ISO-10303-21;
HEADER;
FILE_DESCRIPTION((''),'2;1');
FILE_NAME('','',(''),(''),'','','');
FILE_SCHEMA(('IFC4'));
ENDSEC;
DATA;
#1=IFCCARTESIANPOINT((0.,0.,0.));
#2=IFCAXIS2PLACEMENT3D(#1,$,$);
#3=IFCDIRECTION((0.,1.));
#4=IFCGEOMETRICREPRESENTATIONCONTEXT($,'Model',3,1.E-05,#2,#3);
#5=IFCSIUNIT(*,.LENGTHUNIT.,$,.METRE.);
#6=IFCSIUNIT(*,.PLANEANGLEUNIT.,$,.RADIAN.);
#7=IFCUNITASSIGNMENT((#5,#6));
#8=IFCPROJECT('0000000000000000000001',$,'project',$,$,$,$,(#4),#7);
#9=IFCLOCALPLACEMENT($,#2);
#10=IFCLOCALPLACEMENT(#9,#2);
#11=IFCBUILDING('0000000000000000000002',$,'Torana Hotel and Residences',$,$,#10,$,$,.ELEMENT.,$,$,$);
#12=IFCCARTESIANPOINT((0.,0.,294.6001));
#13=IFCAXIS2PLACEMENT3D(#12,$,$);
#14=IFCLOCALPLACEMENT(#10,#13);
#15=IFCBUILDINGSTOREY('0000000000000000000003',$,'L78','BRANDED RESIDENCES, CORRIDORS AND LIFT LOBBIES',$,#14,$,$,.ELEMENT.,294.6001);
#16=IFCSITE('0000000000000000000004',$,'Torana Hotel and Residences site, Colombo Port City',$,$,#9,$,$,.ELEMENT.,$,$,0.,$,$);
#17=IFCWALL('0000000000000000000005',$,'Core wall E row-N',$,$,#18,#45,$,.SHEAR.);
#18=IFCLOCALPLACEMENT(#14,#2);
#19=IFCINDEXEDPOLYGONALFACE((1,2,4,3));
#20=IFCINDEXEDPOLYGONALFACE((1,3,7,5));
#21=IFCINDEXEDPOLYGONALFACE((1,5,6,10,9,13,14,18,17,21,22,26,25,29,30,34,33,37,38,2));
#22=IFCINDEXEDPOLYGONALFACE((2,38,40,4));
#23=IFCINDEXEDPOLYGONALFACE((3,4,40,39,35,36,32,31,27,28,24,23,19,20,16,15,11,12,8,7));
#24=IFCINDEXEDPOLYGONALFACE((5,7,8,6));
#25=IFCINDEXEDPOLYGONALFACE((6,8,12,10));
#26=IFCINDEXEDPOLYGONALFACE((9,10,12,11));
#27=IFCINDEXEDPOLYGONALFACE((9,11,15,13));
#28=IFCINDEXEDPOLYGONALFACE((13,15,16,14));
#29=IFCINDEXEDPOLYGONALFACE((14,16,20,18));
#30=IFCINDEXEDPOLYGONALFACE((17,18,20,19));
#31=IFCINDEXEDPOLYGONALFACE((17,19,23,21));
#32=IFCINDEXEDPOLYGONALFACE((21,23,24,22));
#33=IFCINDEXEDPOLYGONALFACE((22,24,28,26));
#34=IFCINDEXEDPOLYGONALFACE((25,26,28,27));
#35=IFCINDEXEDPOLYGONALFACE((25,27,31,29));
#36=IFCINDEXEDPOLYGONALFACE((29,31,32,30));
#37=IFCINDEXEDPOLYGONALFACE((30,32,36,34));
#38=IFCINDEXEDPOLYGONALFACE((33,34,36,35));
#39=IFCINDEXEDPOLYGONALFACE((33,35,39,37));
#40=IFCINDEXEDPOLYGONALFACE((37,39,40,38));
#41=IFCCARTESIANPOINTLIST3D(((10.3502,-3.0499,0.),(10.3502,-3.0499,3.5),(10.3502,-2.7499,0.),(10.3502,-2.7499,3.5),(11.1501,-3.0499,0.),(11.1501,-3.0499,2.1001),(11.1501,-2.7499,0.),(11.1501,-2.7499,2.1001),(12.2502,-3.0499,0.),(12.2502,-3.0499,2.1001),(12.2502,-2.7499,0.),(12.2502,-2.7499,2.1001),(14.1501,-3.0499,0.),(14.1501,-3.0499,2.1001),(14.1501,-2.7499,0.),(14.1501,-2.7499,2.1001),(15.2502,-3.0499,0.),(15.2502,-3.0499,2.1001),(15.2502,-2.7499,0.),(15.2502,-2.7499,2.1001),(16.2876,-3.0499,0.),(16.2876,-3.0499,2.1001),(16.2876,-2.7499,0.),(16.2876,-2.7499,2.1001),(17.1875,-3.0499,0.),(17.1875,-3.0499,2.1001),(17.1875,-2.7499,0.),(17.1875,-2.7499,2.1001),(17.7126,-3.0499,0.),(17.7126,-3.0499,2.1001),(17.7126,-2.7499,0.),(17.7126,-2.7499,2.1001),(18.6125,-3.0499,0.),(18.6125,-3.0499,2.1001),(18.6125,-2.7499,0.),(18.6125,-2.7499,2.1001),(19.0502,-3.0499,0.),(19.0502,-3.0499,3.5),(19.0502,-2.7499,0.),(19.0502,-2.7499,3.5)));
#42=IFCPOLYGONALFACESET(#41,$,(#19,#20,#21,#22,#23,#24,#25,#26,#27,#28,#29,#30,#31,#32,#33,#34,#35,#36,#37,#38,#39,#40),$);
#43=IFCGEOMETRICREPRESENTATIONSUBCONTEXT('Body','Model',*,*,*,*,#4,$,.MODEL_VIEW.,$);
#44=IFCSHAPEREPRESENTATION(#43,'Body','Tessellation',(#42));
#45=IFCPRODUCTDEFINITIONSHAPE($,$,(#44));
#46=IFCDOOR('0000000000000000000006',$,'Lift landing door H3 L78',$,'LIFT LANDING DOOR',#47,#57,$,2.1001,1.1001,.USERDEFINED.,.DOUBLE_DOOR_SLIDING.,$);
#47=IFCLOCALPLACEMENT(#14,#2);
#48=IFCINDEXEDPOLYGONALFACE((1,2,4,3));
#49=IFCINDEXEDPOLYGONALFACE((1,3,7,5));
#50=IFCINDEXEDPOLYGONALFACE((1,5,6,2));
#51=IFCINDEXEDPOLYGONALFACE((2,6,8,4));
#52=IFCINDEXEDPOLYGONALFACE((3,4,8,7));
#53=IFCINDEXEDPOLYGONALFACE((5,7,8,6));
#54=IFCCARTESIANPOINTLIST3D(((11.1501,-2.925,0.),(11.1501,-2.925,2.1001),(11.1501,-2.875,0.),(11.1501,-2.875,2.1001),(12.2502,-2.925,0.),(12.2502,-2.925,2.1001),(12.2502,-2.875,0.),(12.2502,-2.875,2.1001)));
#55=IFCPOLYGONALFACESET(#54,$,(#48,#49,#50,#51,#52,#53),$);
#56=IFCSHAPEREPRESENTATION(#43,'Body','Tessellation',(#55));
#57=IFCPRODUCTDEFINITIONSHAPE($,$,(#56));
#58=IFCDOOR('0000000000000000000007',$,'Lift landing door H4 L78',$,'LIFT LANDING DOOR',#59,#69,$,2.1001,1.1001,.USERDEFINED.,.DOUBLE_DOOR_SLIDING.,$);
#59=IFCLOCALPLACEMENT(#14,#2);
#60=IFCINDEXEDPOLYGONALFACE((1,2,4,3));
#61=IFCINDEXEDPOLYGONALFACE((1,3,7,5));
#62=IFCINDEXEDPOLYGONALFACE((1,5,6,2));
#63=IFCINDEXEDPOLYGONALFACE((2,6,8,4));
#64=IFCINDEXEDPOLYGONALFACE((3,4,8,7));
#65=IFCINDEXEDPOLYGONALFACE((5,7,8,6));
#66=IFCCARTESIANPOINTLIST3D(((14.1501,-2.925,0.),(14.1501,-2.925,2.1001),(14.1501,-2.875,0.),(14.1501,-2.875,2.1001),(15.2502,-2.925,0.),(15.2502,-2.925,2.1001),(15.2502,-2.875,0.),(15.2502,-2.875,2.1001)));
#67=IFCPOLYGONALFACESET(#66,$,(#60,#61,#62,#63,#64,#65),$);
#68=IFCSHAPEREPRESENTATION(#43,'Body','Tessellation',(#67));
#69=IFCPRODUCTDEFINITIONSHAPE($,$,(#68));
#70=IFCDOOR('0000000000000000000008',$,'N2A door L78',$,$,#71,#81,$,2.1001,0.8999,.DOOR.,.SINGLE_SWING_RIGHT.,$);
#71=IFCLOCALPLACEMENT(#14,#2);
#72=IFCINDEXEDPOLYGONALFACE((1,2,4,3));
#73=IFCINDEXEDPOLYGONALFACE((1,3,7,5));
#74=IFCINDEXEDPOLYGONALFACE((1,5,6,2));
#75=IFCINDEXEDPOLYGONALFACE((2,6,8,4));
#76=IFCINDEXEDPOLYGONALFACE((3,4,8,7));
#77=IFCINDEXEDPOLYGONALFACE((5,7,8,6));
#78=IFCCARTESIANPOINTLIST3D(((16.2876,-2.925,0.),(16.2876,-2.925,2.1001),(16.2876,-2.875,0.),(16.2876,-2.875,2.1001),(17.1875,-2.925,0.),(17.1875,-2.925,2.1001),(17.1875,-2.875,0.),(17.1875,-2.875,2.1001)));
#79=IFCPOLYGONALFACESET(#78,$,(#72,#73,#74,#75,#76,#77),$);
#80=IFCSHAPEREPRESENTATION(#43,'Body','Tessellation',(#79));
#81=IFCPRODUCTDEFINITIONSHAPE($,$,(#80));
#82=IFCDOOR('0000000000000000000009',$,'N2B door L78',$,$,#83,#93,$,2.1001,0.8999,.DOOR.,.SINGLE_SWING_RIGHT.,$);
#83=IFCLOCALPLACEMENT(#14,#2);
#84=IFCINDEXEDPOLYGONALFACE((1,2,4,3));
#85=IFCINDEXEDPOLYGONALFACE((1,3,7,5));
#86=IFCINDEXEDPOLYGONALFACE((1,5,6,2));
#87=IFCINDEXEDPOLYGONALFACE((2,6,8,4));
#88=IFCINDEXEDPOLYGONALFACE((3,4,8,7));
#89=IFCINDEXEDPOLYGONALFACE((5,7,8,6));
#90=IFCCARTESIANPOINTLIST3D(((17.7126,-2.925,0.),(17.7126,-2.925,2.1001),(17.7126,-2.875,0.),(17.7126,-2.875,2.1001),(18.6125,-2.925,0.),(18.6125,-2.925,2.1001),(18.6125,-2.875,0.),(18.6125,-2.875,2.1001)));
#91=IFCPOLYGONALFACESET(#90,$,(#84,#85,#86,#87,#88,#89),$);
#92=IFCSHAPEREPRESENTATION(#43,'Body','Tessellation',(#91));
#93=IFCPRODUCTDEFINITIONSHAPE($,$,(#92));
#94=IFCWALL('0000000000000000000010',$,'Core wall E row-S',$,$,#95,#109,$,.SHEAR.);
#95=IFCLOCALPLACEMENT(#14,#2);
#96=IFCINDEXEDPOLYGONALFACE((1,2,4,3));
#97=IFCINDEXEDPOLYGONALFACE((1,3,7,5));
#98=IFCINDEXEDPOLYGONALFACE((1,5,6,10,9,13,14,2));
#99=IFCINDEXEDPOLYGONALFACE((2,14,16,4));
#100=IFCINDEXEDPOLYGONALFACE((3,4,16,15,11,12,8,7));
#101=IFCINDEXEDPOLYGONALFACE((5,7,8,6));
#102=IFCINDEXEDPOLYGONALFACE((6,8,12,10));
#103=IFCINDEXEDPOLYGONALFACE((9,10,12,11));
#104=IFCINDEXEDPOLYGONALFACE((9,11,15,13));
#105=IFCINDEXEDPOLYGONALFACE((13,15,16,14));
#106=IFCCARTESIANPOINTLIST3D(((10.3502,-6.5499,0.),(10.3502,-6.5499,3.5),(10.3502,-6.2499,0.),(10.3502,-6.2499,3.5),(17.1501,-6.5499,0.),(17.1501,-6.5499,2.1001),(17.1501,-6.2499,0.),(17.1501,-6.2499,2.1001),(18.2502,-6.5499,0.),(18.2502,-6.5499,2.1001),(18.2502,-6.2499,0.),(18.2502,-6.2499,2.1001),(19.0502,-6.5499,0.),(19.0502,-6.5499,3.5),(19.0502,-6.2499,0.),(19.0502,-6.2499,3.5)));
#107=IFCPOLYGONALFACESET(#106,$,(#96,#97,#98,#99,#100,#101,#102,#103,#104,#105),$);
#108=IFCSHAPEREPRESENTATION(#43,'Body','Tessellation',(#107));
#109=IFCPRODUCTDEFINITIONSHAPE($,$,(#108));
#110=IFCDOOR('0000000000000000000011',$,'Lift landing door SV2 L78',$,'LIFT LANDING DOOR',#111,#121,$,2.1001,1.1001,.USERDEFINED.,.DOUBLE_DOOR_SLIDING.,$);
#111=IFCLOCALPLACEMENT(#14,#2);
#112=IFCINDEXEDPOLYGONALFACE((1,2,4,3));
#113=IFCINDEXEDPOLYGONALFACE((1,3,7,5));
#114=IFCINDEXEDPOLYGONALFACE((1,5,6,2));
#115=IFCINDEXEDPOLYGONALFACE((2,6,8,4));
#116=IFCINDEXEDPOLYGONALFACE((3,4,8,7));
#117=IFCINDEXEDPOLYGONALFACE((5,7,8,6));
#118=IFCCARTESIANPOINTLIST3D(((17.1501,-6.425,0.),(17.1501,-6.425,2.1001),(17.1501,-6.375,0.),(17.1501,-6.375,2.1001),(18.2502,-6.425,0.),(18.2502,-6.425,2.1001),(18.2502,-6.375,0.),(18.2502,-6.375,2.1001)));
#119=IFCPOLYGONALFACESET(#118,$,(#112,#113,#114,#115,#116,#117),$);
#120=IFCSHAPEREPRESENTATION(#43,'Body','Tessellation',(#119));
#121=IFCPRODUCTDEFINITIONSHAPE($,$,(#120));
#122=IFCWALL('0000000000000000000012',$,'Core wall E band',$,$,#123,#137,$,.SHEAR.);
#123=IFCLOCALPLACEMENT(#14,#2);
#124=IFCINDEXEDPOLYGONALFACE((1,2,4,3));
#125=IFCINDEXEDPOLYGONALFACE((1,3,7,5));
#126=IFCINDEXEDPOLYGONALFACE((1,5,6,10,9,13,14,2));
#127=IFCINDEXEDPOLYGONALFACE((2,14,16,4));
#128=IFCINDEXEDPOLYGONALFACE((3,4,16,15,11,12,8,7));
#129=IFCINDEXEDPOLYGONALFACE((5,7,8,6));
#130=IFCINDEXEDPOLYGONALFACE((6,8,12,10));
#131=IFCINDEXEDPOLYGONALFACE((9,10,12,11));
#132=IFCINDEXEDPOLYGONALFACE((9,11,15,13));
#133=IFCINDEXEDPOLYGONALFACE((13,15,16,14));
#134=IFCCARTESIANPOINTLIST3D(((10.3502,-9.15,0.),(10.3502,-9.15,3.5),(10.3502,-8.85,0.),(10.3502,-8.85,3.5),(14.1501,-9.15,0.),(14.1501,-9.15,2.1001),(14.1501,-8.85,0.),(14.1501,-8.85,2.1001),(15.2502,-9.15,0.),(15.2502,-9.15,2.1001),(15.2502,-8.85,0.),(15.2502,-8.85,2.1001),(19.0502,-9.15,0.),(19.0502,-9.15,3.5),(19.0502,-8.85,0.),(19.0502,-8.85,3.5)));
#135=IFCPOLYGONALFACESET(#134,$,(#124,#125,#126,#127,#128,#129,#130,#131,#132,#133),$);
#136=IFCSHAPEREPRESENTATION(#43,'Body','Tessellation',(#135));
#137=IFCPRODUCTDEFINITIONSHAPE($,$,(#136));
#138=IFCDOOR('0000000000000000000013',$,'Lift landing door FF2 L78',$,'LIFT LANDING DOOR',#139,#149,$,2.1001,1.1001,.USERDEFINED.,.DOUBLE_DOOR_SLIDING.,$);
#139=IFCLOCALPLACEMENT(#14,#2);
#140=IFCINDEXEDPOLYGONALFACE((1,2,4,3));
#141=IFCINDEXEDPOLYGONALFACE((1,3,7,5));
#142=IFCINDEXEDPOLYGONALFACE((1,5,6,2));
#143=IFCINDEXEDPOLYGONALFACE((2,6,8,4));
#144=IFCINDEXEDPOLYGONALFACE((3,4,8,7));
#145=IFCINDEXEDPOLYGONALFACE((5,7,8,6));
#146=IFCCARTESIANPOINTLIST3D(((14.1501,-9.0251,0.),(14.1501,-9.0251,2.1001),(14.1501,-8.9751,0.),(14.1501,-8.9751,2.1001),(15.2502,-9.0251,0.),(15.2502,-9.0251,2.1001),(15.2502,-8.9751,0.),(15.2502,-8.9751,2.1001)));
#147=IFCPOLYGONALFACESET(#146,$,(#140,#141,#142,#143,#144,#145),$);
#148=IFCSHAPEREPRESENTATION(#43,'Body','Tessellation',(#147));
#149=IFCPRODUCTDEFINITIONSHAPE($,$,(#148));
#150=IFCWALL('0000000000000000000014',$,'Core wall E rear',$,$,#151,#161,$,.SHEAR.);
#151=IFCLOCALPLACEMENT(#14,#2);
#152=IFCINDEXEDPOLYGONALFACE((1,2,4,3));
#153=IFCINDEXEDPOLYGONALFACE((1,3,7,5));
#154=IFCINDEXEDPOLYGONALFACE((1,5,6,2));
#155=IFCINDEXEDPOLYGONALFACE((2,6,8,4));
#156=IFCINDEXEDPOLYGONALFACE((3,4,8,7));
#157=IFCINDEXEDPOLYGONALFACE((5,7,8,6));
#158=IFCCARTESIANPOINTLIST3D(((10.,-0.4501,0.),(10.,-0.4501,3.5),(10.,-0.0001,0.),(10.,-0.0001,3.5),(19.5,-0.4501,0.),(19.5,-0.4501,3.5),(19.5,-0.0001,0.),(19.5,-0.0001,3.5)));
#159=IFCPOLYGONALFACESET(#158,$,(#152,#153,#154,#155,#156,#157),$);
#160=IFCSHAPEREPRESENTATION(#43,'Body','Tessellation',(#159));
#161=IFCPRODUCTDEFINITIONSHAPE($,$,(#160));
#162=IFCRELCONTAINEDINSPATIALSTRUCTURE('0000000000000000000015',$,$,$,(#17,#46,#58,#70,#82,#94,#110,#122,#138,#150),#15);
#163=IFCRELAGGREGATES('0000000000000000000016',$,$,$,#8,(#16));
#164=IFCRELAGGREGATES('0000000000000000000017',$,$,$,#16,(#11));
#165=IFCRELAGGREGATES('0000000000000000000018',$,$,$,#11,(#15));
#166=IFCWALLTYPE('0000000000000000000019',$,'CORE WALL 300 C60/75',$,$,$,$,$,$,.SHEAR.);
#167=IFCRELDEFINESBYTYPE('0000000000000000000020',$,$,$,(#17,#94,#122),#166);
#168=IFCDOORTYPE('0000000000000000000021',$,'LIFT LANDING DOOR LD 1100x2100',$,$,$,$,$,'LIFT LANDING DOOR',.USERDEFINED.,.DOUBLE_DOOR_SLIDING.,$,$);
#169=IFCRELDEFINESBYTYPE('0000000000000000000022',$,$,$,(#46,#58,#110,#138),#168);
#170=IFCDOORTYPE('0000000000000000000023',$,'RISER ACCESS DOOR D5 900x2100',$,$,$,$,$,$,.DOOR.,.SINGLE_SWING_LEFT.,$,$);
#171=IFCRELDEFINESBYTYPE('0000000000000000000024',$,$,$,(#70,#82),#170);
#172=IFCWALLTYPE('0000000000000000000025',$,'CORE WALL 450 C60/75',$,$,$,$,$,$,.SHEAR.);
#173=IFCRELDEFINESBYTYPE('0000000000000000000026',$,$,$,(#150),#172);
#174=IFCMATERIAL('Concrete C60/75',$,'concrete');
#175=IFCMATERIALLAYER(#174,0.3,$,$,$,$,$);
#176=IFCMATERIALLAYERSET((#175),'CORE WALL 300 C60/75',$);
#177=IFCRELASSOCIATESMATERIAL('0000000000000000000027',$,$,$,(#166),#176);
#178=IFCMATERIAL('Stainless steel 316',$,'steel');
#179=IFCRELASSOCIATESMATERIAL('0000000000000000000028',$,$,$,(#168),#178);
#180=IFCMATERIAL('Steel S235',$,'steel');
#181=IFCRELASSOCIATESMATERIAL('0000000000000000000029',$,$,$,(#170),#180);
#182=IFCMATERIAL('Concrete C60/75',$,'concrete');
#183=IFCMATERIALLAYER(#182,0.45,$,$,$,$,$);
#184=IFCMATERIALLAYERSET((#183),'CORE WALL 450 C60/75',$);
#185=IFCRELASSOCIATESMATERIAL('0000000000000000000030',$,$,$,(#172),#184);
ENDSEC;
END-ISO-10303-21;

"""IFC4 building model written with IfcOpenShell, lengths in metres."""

from ifc_helpers import new_model, si_unit, direction, frame, frame_2d, origin, place, context, subcontext, project, spatial, rectangle, extrude, material, layer, layer_set, type_object, element, fill, save


model = new_model("IFC4")

# Units and contexts
model_context = context("Model", 3, precision=1e-05, world=origin(), true_north=direction((0.0, 1.0)))
body_context = subcontext(model_context, "Body", "Model", "MODEL_VIEW")
ifc_project = project(units=[si_unit("LENGTHUNIT", "METRE"), si_unit("PLANEANGLEUNIT", "RADIAN")], contexts=[model_context])

# Site, building, storey
site_placement = place(None, origin())
site = spatial("IfcSite", under=ifc_project, at=site_placement, Name="Torana Hotel and Residences site, Colombo Port City", CompositionType="ELEMENT", RefElevation=0.0)
building_placement = place(site_placement, origin())
building = spatial("IfcBuilding", under=site, at=building_placement, Name="Torana Hotel and Residences", CompositionType="ELEMENT")
storey_placement = place(building_placement, frame((0.0, 0.0, 294.6001)))
storey = spatial("IfcBuildingStorey", under=building, at=storey_placement, Name="L78", Description="BRANDED RESIDENCES, CORRIDORS AND LIFT LOBBIES", CompositionType="ELEMENT", Elevation=294.6001)

# Wall, openings, doors
ifc_material_1 = material(Name="Concrete C60/75", Category="concrete")
ifc_layer_1 = layer(ifc_material_1, 0.3)
ifc_layer_set_1 = layer_set([ifc_layer_1], Name="CORE WALL 300 C60/75")
wall_type_1 = type_object("IfcWallType", Name="CORE WALL 300 C60/75", PredefinedType="SHEAR", material=ifc_layer_set_1)
wall_1_placement = place(storey_placement, frame((10.3501, -2.8999, 0.0), z_axis=(0.0, 0.0, 1.0), x_axis=(1.0, 0.0, 0.0)))
wall_1 = element("IfcWall", 1, at=wall_1_placement, inside=storey, type_object=wall_type_1, Name="Core wall E row-N", PredefinedType="SHEAR", context=body_context, shape_type="SweptSolid", body=[
    extrude(rectangle(XDim=8.7, YDim=0.3, at=frame_2d((4.3501, 0.0))), origin(), (0.0, 0.0, 1.0), 3.5),
])
opening_1_placement = place(wall_1_placement, frame((0.8, 0.0, 0.0)))
opening_1 = element("IfcOpeningElement", 2, at=opening_1_placement, cuts=wall_1, PredefinedType="OPENING", context=body_context, shape_type="SweptSolid", body=[
    extrude(rectangle(XDim=1.1001, YDim=2.1001, at=frame_2d((0.55, 1.05))), frame((0.0, 0.1599, 0.0), z_axis=(0.0, -1.0, 0.0), x_axis=(1.0, 0.0, 0.0)), (0.0, 0.0, 1.0), 0.3201),
])
opening_2_placement = place(wall_1_placement, frame((3.8, 0.0, 0.0)))
opening_2 = element("IfcOpeningElement", 3, at=opening_2_placement, cuts=wall_1, PredefinedType="OPENING", context=body_context, shape_type="SweptSolid", body=[
    extrude(rectangle(XDim=1.1001, YDim=2.1001, at=frame_2d((0.55, 1.05))), frame((0.0, 0.1599, 0.0), z_axis=(0.0, -1.0, 0.0), x_axis=(1.0, 0.0, 0.0)), (0.0, 0.0, 1.0), 0.3201),
])
opening_3_placement = place(wall_1_placement, frame((5.9375, 0.0, 0.0)))
opening_3 = element("IfcOpeningElement", 4, at=opening_3_placement, cuts=wall_1, PredefinedType="OPENING", context=body_context, shape_type="SweptSolid", body=[
    extrude(rectangle(XDim=0.8999, YDim=2.1001, at=frame_2d((0.45, 1.05))), frame((0.0, 0.1599, 0.0), z_axis=(0.0, -1.0, 0.0), x_axis=(1.0, 0.0, 0.0)), (0.0, 0.0, 1.0), 0.3201),
])
opening_4_placement = place(wall_1_placement, frame((7.3625, 0.0, 0.0)))
opening_4 = element("IfcOpeningElement", 5, at=opening_4_placement, cuts=wall_1, PredefinedType="OPENING", context=body_context, shape_type="SweptSolid", body=[
    extrude(rectangle(XDim=0.8999, YDim=2.1001, at=frame_2d((0.45, 1.05))), frame((0.0, 0.1599, 0.0), z_axis=(0.0, -1.0, 0.0), x_axis=(1.0, 0.0, 0.0)), (0.0, 0.0, 1.0), 0.3201),
])
ifc_material_2 = material(Name="Stainless steel 316", Category="steel")
door_type_1 = type_object("IfcDoorType", Name="LIFT LANDING DOOR LD 1100x2100", ElementType="LIFT LANDING DOOR", OperationType="DOUBLE_DOOR_SLIDING", PredefinedType="USERDEFINED", material=ifc_material_2)
door_1_placement = place(opening_1_placement, origin())
door_1 = element("IfcDoor", 6, at=door_1_placement, inside=storey, type_object=door_type_1, Name="Lift landing door H3 L78", ObjectType="LIFT LANDING DOOR", OperationType="DOUBLE_DOOR_SLIDING", OverallHeight=2.1001, OverallWidth=1.1001, PredefinedType="USERDEFINED", context=body_context, shape_type="SweptSolid", body=[
    extrude(rectangle(XDim=1.1001, YDim=2.1001, at=frame_2d((0.55, 1.05))), frame((0.0, 0.0249, 0.0), z_axis=(0.0, -1.0, 0.0), x_axis=(1.0, 0.0, 0.0)), (0.0, 0.0, 1.0), 0.05),
])
fill(opening_1, door_1)
door_2_placement = place(opening_2_placement, origin())
door_2 = element("IfcDoor", 7, at=door_2_placement, inside=storey, type_object=door_type_1, Name="Lift landing door H4 L78", ObjectType="LIFT LANDING DOOR", OperationType="DOUBLE_DOOR_SLIDING", OverallHeight=2.1001, OverallWidth=1.1001, PredefinedType="USERDEFINED", context=body_context, shape_type="SweptSolid", body=[
    extrude(rectangle(XDim=1.1001, YDim=2.1001, at=frame_2d((0.55, 1.05))), frame((0.0, 0.0249, 0.0), z_axis=(0.0, -1.0, 0.0), x_axis=(1.0, 0.0, 0.0)), (0.0, 0.0, 1.0), 0.05),
])
fill(opening_2, door_2)
ifc_material_3 = material(Name="Steel S235", Category="steel")
door_type_2 = type_object("IfcDoorType", Name="RISER ACCESS DOOR D5 900x2100", OperationType="SINGLE_SWING_LEFT", PredefinedType="DOOR", material=ifc_material_3)
door_3_placement = place(opening_3_placement, origin())
door_3 = element("IfcDoor", 8, at=door_3_placement, inside=storey, type_object=door_type_2, Name="N2A door L78", OperationType="SINGLE_SWING_RIGHT", OverallHeight=2.1001, OverallWidth=0.8999, PredefinedType="DOOR", context=body_context, shape_type="SweptSolid", body=[
    extrude(rectangle(XDim=0.8999, YDim=2.1001, at=frame_2d((0.45, 1.05))), frame((0.0, 0.0249, 0.0), z_axis=(0.0, -1.0, 0.0), x_axis=(1.0, 0.0, 0.0)), (0.0, 0.0, 1.0), 0.05),
])
fill(opening_3, door_3)
door_4_placement = place(opening_4_placement, origin())
door_4 = element("IfcDoor", 9, at=door_4_placement, inside=storey, type_object=door_type_2, Name="N2B door L78", OperationType="SINGLE_SWING_RIGHT", OverallHeight=2.1001, OverallWidth=0.8999, PredefinedType="DOOR", context=body_context, shape_type="SweptSolid", body=[
    extrude(rectangle(XDim=0.8999, YDim=2.1001, at=frame_2d((0.45, 1.05))), frame((0.0, 0.0249, 0.0), z_axis=(0.0, -1.0, 0.0), x_axis=(1.0, 0.0, 0.0)), (0.0, 0.0, 1.0), 0.05),
])
fill(opening_4, door_4)

# Walls, openings, doors
wall_2_placement = place(storey_placement, frame((10.3501, -6.3999, 0.0), z_axis=(0.0, 0.0, 1.0), x_axis=(1.0, 0.0, 0.0)))
wall_2 = element("IfcWall", 10, at=wall_2_placement, inside=storey, type_object=wall_type_1, Name="Core wall E row-S", PredefinedType="SHEAR", context=body_context, shape_type="SweptSolid", body=[
    extrude(rectangle(XDim=8.7, YDim=0.3, at=frame_2d((4.3501, 0.0))), origin(), (0.0, 0.0, 1.0), 3.5),
])
opening_5_placement = place(wall_2_placement, frame((6.8, 0.0, 0.0)))
opening_5 = element("IfcOpeningElement", 11, at=opening_5_placement, cuts=wall_2, PredefinedType="OPENING", context=body_context, shape_type="SweptSolid", body=[
    extrude(rectangle(XDim=1.1001, YDim=2.1001, at=frame_2d((0.55, 1.05))), frame((0.0, 0.1599, 0.0), z_axis=(0.0, -1.0, 0.0), x_axis=(1.0, 0.0, 0.0)), (0.0, 0.0, 1.0), 0.3201),
])
door_5_placement = place(opening_5_placement, origin())
door_5 = element("IfcDoor", 12, at=door_5_placement, inside=storey, type_object=door_type_1, Name="Lift landing door SV2 L78", ObjectType="LIFT LANDING DOOR", OperationType="DOUBLE_DOOR_SLIDING", OverallHeight=2.1001, OverallWidth=1.1001, PredefinedType="USERDEFINED", context=body_context, shape_type="SweptSolid", body=[
    extrude(rectangle(XDim=1.1001, YDim=2.1001, at=frame_2d((0.55, 1.05))), frame((0.0, 0.0249, 0.0), z_axis=(0.0, -1.0, 0.0), x_axis=(1.0, 0.0, 0.0)), (0.0, 0.0, 1.0), 0.05),
])
fill(opening_5, door_5)
wall_3_placement = place(storey_placement, frame((10.3501, -9.0, 0.0), z_axis=(0.0, 0.0, 1.0), x_axis=(1.0, 0.0, 0.0)))
wall_3 = element("IfcWall", 13, at=wall_3_placement, inside=storey, type_object=wall_type_1, Name="Core wall E band", PredefinedType="SHEAR", context=body_context, shape_type="SweptSolid", body=[
    extrude(rectangle(XDim=8.7, YDim=0.3, at=frame_2d((4.3501, 0.0))), origin(), (0.0, 0.0, 1.0), 3.5),
])
opening_6_placement = place(wall_3_placement, frame((3.8, 0.0, 0.0)))
opening_6 = element("IfcOpeningElement", 14, at=opening_6_placement, cuts=wall_3, PredefinedType="OPENING", context=body_context, shape_type="SweptSolid", body=[
    extrude(rectangle(XDim=1.1001, YDim=2.1001, at=frame_2d((0.55, 1.05))), frame((0.0, 0.1599, 0.0), z_axis=(0.0, -1.0, 0.0), x_axis=(1.0, 0.0, 0.0)), (0.0, 0.0, 1.0), 0.3201),
])
door_6_placement = place(opening_6_placement, origin())
door_6 = element("IfcDoor", 15, at=door_6_placement, inside=storey, type_object=door_type_1, Name="Lift landing door FF2 L78", ObjectType="LIFT LANDING DOOR", OperationType="DOUBLE_DOOR_SLIDING", OverallHeight=2.1001, OverallWidth=1.1001, PredefinedType="USERDEFINED", context=body_context, shape_type="SweptSolid", body=[
    extrude(rectangle(XDim=1.1001, YDim=2.1001, at=frame_2d((0.55, 1.05))), frame((0.0, 0.0249, 0.0), z_axis=(0.0, -1.0, 0.0), x_axis=(1.0, 0.0, 0.0)), (0.0, 0.0, 1.0), 0.05),
])
fill(opening_6, door_6)

# Wall
ifc_material_4 = material(Name="Concrete C60/75", Category="concrete")
ifc_layer_2 = layer(ifc_material_4, 0.45)
ifc_layer_set_2 = layer_set([ifc_layer_2], Name="CORE WALL 450 C60/75")
wall_type_2 = type_object("IfcWallType", Name="CORE WALL 450 C60/75", PredefinedType="SHEAR", material=ifc_layer_set_2)
wall_4_placement = place(storey_placement, frame((10.0, -0.2251, 0.0), z_axis=(0.0, 0.0, 1.0), x_axis=(1.0, 0.0, 0.0)))
element("IfcWall", 16, at=wall_4_placement, inside=storey, type_object=wall_type_2, Name="Core wall E rear", PredefinedType="SHEAR", context=body_context, shape_type="SweptSolid", body=[
    extrude(rectangle(XDim=9.5, YDim=0.45, at=frame_2d((4.75, 0.0))), origin(), (0.0, 0.0, 1.0), 3.5),
])

save(model, "model.ifc")
